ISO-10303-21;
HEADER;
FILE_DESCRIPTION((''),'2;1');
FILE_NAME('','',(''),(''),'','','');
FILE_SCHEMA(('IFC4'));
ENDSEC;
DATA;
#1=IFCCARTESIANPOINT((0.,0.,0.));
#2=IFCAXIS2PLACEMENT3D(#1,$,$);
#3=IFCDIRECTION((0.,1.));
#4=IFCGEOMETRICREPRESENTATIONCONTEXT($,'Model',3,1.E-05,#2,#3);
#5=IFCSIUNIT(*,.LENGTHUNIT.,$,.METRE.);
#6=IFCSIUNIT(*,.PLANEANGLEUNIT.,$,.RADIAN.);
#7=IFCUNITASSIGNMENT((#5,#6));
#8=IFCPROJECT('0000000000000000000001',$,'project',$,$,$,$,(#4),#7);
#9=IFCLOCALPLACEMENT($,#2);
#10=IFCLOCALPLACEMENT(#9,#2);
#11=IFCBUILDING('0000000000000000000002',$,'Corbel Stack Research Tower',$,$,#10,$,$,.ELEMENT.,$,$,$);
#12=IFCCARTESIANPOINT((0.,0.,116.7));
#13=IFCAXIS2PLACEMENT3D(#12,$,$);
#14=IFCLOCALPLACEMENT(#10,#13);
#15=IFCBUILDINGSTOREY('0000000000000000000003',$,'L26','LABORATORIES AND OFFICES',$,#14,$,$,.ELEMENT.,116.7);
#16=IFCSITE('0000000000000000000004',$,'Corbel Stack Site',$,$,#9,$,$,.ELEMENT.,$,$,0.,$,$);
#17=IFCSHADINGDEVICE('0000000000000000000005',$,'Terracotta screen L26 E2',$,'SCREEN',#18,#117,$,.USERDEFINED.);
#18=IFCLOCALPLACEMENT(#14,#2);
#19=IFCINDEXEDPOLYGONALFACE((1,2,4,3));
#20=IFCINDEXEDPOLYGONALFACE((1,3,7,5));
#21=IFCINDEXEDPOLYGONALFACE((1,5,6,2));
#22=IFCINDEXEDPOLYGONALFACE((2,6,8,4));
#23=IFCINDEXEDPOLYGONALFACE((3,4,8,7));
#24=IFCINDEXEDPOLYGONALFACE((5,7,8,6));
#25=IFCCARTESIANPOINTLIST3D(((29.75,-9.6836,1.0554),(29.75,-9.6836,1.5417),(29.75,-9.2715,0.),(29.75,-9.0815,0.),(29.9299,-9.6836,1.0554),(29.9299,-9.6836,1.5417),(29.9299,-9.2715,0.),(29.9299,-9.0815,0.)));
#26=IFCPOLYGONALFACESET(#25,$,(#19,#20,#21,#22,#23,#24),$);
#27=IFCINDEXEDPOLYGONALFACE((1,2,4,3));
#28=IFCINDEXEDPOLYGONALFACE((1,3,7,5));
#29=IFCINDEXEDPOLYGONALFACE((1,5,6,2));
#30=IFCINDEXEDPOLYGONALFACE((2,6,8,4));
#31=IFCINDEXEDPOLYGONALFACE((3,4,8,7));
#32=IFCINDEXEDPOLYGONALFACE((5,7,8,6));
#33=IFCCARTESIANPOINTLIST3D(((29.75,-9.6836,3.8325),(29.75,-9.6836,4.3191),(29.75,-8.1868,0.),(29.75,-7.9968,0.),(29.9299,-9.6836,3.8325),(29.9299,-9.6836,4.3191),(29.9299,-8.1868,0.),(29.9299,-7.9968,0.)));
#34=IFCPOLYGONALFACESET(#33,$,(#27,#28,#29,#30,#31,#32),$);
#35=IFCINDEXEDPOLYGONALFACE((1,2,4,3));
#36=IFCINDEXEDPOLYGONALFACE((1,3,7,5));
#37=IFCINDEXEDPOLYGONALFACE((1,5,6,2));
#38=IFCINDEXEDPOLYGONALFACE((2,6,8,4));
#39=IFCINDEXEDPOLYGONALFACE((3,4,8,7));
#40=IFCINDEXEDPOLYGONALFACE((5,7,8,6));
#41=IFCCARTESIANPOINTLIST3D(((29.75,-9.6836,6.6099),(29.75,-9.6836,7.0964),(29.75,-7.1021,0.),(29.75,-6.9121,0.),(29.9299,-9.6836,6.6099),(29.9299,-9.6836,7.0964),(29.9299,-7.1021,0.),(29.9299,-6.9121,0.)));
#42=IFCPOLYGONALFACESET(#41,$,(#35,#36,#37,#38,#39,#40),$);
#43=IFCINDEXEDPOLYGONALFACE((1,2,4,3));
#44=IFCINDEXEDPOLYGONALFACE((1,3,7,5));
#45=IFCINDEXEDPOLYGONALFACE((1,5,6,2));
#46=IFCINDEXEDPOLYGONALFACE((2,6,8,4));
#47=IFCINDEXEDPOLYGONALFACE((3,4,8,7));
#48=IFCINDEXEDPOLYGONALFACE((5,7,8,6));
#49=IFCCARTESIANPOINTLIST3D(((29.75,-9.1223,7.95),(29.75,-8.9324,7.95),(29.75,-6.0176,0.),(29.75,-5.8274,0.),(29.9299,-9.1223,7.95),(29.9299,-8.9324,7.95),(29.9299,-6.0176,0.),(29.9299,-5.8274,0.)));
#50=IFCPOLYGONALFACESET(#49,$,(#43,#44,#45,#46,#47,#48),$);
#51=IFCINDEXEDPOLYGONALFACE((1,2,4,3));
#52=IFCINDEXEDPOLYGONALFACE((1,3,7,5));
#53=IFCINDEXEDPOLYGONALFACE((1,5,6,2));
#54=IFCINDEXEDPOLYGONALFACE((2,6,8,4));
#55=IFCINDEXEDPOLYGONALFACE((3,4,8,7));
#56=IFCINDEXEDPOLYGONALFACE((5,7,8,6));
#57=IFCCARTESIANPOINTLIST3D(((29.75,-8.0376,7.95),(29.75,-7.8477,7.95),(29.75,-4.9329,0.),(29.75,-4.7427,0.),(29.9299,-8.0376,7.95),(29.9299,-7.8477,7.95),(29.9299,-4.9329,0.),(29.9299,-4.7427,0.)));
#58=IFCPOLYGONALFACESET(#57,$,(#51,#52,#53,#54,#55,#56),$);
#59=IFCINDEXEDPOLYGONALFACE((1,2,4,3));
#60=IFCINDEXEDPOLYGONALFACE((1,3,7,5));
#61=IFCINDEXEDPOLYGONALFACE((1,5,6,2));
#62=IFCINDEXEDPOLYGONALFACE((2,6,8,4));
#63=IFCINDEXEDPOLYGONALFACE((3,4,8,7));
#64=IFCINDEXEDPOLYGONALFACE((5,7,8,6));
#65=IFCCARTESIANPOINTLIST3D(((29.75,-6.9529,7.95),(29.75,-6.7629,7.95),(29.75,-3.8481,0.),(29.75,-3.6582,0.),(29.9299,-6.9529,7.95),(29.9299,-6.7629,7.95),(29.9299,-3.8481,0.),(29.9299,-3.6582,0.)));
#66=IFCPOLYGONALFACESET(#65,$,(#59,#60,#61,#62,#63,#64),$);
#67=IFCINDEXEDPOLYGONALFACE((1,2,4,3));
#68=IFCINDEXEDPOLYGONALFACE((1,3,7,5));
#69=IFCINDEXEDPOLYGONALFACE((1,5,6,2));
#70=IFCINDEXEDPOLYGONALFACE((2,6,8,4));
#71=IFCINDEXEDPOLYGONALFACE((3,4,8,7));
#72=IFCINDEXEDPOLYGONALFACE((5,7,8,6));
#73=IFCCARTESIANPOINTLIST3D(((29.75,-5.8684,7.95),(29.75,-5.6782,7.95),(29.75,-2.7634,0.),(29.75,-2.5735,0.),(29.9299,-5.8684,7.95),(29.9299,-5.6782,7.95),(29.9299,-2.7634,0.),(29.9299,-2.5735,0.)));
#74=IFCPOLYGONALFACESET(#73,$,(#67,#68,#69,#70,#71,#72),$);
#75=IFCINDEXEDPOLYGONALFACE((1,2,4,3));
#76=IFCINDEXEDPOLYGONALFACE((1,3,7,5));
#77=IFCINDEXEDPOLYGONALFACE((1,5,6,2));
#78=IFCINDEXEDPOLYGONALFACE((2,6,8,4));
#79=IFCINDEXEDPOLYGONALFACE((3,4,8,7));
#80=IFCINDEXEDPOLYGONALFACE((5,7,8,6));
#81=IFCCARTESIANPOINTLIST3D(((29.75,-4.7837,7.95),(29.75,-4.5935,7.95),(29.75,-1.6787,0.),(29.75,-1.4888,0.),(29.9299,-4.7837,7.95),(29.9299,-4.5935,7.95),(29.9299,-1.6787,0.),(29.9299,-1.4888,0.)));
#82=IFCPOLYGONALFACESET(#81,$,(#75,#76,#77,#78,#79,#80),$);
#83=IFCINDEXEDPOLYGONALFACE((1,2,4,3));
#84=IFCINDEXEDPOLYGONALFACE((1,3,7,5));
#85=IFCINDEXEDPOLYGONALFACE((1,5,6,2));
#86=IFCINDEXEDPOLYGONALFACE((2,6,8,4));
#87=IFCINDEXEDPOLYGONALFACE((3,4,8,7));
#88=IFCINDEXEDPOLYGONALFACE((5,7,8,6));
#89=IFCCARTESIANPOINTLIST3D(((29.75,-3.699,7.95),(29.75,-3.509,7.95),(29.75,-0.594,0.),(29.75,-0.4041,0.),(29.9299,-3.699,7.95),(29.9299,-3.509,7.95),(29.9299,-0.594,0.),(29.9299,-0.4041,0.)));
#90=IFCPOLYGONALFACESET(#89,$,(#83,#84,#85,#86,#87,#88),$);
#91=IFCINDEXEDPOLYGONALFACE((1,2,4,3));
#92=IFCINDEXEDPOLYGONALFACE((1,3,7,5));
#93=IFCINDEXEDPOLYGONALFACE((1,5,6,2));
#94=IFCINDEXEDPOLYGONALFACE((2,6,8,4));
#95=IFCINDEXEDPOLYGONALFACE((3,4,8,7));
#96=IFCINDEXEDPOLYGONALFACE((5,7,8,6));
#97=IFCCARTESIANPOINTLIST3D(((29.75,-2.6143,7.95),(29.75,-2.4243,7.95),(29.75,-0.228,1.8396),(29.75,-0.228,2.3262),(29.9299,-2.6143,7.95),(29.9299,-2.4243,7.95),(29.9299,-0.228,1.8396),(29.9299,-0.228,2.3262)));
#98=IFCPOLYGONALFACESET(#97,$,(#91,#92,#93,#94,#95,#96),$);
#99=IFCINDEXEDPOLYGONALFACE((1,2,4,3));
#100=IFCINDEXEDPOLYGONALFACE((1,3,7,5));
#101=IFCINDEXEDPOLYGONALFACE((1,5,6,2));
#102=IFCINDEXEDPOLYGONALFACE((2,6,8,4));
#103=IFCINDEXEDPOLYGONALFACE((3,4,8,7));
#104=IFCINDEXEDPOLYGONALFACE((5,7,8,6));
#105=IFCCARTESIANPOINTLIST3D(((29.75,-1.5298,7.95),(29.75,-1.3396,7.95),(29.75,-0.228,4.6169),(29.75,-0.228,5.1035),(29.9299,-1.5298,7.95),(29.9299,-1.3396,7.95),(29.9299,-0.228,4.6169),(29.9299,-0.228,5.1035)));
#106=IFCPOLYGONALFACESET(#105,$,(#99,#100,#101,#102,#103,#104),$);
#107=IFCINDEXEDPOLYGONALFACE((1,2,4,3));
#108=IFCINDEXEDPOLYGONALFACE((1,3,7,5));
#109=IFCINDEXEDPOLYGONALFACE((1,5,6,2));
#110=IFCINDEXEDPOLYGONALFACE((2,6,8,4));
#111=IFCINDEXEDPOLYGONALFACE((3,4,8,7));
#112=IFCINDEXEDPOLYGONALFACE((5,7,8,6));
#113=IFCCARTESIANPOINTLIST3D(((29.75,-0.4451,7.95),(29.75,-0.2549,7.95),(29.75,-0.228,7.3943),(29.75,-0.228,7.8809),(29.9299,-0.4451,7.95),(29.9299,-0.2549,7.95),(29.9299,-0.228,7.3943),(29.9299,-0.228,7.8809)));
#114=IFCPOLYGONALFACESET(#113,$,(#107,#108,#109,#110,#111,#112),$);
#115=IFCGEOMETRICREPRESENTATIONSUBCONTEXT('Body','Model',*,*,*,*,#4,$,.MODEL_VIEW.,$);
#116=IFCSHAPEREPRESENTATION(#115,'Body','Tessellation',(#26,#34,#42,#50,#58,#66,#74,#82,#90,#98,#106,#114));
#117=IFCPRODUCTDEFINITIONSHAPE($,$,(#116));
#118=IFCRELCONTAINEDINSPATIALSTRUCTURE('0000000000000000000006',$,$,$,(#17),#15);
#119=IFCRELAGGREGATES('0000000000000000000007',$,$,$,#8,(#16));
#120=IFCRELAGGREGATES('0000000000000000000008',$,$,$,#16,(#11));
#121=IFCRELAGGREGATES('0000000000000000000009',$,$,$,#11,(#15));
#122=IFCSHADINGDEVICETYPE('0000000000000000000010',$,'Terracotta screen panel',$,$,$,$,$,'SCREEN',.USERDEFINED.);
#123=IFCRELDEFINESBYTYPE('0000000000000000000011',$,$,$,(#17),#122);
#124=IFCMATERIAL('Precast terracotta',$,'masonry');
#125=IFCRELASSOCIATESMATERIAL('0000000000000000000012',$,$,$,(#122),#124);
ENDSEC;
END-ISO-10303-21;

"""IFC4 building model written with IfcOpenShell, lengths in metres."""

from ifc_helpers import new_model, si_unit, direction, frame, origin, place, context, subcontext, project, spatial, polyline, outline, extrude, source, transform, mapped, material, type_object, element, save


model = new_model("IFC4")

# Units and contexts
model_context = context("Model", 3, precision=1e-05, world=origin(), true_north=direction((0.0, 1.0)))
body_context = subcontext(model_context, "Body", "Model", "MODEL_VIEW")
ifc_project = project(units=[si_unit("LENGTHUNIT", "METRE"), si_unit("PLANEANGLEUNIT", "RADIAN")], contexts=[model_context])

# Site, building, storey
site_placement = place(None, origin())
site = spatial("IfcSite", under=ifc_project, at=site_placement, Name="Corbel Stack Site", CompositionType="ELEMENT", RefElevation=0.0)
building_placement = place(site_placement, origin())
building = spatial("IfcBuilding", under=site, at=building_placement, Name="Corbel Stack Research Tower", CompositionType="ELEMENT")
storey_placement = place(building_placement, frame((0.0, 0.0, 116.7)))
storey = spatial("IfcBuildingStorey", under=building, at=storey_placement, Name="L26", Description="LABORATORIES AND OFFICES", CompositionType="ELEMENT", Elevation=116.7)

# Shading device
ifc_material_1 = material(Name="Precast terracotta", Category="masonry")
shading_device_type = type_object("IfcShadingDeviceType", Name="Terracotta screen panel", ElementType="SCREEN", PredefinedType="USERDEFINED", material=ifc_material_1)
shared_shape_1 = source(origin(), body_context, "Body", "SweptSolid", [
    extrude(outline(polyline([(0.6021, 0.0), (0.0, 1.5417), (0.0, 1.0554), (0.4121, 0.0), (0.6021, 0.0)])), frame((0.0, 0.0, 0.0), z_axis=(0.0, -1.0, 0.0), x_axis=(1.0, 0.0, 0.0)), (0.0, 0.0, 1.0), 0.1799),
    extrude(outline(polyline([(1.6868, 0.0), (0.0, 4.3191), (0.0, 3.8325), (1.4968, 0.0), (1.6868, 0.0)])), frame((0.0, 0.0, 0.0), z_axis=(0.0, -1.0, 0.0), x_axis=(1.0, 0.0, 0.0)), (0.0, 0.0, 1.0), 0.1799),
    extrude(outline(polyline([(2.7715, 0.0), (0.0, 7.0964), (0.0, 6.6099), (2.5815, 0.0), (2.7715, 0.0)])), frame((0.0, 0.0, 0.0), z_axis=(0.0, -1.0, 0.0), x_axis=(1.0, 0.0, 0.0)), (0.0, 0.0, 1.0), 0.1799),
    extrude(outline(polyline([(3.8562, 0.0), (0.7512, 7.95), (0.5613, 7.95), (3.666, 0.0), (3.8562, 0.0)])), frame((0.0, 0.0, 0.0), z_axis=(0.0, -1.0, 0.0), x_axis=(1.0, 0.0, 0.0)), (0.0, 0.0, 1.0), 0.1799),
    extrude(outline(polyline([(4.9409, 0.0), (1.8359, 7.95), (1.646, 7.95), (4.7507, 0.0), (4.9409, 0.0)])), frame((0.0, 0.0, 0.0), z_axis=(0.0, -1.0, 0.0), x_axis=(1.0, 0.0, 0.0)), (0.0, 0.0, 1.0), 0.1799),
    extrude(outline(polyline([(6.0254, 0.0), (2.9207, 7.95), (2.7307, 7.95), (5.8354, 0.0), (6.0254, 0.0)])), frame((0.0, 0.0, 0.0), z_axis=(0.0, -1.0, 0.0), x_axis=(1.0, 0.0, 0.0)), (0.0, 0.0, 1.0), 0.1799),
    extrude(outline(polyline([(7.1101, 0.0), (4.0054, 7.95), (3.8152, 7.95), (6.9202, 0.0), (7.1101, 0.0)])), frame((0.0, 0.0, 0.0), z_axis=(0.0, -1.0, 0.0), x_axis=(1.0, 0.0, 0.0)), (0.0, 0.0, 1.0), 0.1799),
    extrude(outline(polyline([(8.1948, 0.0), (5.0901, 7.95), (4.8999, 7.95), (8.0049, 0.0), (8.1948, 0.0)])), frame((0.0, 0.0, 0.0), z_axis=(0.0, -1.0, 0.0), x_axis=(1.0, 0.0, 0.0)), (0.0, 0.0, 1.0), 0.1799),
    extrude(outline(polyline([(9.2795, 0.0), (6.1746, 7.95), (5.9846, 7.95), (9.0896, 0.0), (9.2795, 0.0)])), frame((0.0, 0.0, 0.0), z_axis=(0.0, -1.0, 0.0), x_axis=(1.0, 0.0, 0.0)), (0.0, 0.0, 1.0), 0.1799),
    extrude(outline(polyline([(7.2593, 7.95), (7.0693, 7.95), (9.4556, 1.8396), (9.4556, 2.3262), (7.2593, 7.95)])), frame((0.0, 0.0, 0.0), z_axis=(0.0, -1.0, 0.0), x_axis=(1.0, 0.0, 0.0)), (0.0, 0.0, 1.0), 0.1799),
    extrude(outline(polyline([(8.344, 7.95), (8.1538, 7.95), (9.4556, 4.6169), (9.4556, 5.1035), (8.344, 7.95)])), frame((0.0, 0.0, 0.0), z_axis=(0.0, -1.0, 0.0), x_axis=(1.0, 0.0, 0.0)), (0.0, 0.0, 1.0), 0.1799),
    extrude(outline(polyline([(9.4287, 7.95), (9.2385, 7.95), (9.4556, 7.3943), (9.4556, 7.8809), (9.4287, 7.95)])), frame((0.0, 0.0, 0.0), z_axis=(0.0, -1.0, 0.0), x_axis=(1.0, 0.0, 0.0)), (0.0, 0.0, 1.0), 0.1799),
])
shading_device_1_placement = place(storey_placement, frame((29.75, -9.6836, 0.0), z_axis=(0.0, 0.0, 1.0), x_axis=(0.0, 1.0, 0.0)))
element("IfcShadingDevice", 1, at=shading_device_1_placement, inside=storey, type_object=shading_device_type, Name="Terracotta screen L26 E2", ObjectType="SCREEN", PredefinedType="USERDEFINED", context=body_context, shape_type="MappedRepresentation", body=[
    mapped(shared_shape_1, transform((0.0, 0.0, 0.0))),
])

save(model, "model.ifc")
